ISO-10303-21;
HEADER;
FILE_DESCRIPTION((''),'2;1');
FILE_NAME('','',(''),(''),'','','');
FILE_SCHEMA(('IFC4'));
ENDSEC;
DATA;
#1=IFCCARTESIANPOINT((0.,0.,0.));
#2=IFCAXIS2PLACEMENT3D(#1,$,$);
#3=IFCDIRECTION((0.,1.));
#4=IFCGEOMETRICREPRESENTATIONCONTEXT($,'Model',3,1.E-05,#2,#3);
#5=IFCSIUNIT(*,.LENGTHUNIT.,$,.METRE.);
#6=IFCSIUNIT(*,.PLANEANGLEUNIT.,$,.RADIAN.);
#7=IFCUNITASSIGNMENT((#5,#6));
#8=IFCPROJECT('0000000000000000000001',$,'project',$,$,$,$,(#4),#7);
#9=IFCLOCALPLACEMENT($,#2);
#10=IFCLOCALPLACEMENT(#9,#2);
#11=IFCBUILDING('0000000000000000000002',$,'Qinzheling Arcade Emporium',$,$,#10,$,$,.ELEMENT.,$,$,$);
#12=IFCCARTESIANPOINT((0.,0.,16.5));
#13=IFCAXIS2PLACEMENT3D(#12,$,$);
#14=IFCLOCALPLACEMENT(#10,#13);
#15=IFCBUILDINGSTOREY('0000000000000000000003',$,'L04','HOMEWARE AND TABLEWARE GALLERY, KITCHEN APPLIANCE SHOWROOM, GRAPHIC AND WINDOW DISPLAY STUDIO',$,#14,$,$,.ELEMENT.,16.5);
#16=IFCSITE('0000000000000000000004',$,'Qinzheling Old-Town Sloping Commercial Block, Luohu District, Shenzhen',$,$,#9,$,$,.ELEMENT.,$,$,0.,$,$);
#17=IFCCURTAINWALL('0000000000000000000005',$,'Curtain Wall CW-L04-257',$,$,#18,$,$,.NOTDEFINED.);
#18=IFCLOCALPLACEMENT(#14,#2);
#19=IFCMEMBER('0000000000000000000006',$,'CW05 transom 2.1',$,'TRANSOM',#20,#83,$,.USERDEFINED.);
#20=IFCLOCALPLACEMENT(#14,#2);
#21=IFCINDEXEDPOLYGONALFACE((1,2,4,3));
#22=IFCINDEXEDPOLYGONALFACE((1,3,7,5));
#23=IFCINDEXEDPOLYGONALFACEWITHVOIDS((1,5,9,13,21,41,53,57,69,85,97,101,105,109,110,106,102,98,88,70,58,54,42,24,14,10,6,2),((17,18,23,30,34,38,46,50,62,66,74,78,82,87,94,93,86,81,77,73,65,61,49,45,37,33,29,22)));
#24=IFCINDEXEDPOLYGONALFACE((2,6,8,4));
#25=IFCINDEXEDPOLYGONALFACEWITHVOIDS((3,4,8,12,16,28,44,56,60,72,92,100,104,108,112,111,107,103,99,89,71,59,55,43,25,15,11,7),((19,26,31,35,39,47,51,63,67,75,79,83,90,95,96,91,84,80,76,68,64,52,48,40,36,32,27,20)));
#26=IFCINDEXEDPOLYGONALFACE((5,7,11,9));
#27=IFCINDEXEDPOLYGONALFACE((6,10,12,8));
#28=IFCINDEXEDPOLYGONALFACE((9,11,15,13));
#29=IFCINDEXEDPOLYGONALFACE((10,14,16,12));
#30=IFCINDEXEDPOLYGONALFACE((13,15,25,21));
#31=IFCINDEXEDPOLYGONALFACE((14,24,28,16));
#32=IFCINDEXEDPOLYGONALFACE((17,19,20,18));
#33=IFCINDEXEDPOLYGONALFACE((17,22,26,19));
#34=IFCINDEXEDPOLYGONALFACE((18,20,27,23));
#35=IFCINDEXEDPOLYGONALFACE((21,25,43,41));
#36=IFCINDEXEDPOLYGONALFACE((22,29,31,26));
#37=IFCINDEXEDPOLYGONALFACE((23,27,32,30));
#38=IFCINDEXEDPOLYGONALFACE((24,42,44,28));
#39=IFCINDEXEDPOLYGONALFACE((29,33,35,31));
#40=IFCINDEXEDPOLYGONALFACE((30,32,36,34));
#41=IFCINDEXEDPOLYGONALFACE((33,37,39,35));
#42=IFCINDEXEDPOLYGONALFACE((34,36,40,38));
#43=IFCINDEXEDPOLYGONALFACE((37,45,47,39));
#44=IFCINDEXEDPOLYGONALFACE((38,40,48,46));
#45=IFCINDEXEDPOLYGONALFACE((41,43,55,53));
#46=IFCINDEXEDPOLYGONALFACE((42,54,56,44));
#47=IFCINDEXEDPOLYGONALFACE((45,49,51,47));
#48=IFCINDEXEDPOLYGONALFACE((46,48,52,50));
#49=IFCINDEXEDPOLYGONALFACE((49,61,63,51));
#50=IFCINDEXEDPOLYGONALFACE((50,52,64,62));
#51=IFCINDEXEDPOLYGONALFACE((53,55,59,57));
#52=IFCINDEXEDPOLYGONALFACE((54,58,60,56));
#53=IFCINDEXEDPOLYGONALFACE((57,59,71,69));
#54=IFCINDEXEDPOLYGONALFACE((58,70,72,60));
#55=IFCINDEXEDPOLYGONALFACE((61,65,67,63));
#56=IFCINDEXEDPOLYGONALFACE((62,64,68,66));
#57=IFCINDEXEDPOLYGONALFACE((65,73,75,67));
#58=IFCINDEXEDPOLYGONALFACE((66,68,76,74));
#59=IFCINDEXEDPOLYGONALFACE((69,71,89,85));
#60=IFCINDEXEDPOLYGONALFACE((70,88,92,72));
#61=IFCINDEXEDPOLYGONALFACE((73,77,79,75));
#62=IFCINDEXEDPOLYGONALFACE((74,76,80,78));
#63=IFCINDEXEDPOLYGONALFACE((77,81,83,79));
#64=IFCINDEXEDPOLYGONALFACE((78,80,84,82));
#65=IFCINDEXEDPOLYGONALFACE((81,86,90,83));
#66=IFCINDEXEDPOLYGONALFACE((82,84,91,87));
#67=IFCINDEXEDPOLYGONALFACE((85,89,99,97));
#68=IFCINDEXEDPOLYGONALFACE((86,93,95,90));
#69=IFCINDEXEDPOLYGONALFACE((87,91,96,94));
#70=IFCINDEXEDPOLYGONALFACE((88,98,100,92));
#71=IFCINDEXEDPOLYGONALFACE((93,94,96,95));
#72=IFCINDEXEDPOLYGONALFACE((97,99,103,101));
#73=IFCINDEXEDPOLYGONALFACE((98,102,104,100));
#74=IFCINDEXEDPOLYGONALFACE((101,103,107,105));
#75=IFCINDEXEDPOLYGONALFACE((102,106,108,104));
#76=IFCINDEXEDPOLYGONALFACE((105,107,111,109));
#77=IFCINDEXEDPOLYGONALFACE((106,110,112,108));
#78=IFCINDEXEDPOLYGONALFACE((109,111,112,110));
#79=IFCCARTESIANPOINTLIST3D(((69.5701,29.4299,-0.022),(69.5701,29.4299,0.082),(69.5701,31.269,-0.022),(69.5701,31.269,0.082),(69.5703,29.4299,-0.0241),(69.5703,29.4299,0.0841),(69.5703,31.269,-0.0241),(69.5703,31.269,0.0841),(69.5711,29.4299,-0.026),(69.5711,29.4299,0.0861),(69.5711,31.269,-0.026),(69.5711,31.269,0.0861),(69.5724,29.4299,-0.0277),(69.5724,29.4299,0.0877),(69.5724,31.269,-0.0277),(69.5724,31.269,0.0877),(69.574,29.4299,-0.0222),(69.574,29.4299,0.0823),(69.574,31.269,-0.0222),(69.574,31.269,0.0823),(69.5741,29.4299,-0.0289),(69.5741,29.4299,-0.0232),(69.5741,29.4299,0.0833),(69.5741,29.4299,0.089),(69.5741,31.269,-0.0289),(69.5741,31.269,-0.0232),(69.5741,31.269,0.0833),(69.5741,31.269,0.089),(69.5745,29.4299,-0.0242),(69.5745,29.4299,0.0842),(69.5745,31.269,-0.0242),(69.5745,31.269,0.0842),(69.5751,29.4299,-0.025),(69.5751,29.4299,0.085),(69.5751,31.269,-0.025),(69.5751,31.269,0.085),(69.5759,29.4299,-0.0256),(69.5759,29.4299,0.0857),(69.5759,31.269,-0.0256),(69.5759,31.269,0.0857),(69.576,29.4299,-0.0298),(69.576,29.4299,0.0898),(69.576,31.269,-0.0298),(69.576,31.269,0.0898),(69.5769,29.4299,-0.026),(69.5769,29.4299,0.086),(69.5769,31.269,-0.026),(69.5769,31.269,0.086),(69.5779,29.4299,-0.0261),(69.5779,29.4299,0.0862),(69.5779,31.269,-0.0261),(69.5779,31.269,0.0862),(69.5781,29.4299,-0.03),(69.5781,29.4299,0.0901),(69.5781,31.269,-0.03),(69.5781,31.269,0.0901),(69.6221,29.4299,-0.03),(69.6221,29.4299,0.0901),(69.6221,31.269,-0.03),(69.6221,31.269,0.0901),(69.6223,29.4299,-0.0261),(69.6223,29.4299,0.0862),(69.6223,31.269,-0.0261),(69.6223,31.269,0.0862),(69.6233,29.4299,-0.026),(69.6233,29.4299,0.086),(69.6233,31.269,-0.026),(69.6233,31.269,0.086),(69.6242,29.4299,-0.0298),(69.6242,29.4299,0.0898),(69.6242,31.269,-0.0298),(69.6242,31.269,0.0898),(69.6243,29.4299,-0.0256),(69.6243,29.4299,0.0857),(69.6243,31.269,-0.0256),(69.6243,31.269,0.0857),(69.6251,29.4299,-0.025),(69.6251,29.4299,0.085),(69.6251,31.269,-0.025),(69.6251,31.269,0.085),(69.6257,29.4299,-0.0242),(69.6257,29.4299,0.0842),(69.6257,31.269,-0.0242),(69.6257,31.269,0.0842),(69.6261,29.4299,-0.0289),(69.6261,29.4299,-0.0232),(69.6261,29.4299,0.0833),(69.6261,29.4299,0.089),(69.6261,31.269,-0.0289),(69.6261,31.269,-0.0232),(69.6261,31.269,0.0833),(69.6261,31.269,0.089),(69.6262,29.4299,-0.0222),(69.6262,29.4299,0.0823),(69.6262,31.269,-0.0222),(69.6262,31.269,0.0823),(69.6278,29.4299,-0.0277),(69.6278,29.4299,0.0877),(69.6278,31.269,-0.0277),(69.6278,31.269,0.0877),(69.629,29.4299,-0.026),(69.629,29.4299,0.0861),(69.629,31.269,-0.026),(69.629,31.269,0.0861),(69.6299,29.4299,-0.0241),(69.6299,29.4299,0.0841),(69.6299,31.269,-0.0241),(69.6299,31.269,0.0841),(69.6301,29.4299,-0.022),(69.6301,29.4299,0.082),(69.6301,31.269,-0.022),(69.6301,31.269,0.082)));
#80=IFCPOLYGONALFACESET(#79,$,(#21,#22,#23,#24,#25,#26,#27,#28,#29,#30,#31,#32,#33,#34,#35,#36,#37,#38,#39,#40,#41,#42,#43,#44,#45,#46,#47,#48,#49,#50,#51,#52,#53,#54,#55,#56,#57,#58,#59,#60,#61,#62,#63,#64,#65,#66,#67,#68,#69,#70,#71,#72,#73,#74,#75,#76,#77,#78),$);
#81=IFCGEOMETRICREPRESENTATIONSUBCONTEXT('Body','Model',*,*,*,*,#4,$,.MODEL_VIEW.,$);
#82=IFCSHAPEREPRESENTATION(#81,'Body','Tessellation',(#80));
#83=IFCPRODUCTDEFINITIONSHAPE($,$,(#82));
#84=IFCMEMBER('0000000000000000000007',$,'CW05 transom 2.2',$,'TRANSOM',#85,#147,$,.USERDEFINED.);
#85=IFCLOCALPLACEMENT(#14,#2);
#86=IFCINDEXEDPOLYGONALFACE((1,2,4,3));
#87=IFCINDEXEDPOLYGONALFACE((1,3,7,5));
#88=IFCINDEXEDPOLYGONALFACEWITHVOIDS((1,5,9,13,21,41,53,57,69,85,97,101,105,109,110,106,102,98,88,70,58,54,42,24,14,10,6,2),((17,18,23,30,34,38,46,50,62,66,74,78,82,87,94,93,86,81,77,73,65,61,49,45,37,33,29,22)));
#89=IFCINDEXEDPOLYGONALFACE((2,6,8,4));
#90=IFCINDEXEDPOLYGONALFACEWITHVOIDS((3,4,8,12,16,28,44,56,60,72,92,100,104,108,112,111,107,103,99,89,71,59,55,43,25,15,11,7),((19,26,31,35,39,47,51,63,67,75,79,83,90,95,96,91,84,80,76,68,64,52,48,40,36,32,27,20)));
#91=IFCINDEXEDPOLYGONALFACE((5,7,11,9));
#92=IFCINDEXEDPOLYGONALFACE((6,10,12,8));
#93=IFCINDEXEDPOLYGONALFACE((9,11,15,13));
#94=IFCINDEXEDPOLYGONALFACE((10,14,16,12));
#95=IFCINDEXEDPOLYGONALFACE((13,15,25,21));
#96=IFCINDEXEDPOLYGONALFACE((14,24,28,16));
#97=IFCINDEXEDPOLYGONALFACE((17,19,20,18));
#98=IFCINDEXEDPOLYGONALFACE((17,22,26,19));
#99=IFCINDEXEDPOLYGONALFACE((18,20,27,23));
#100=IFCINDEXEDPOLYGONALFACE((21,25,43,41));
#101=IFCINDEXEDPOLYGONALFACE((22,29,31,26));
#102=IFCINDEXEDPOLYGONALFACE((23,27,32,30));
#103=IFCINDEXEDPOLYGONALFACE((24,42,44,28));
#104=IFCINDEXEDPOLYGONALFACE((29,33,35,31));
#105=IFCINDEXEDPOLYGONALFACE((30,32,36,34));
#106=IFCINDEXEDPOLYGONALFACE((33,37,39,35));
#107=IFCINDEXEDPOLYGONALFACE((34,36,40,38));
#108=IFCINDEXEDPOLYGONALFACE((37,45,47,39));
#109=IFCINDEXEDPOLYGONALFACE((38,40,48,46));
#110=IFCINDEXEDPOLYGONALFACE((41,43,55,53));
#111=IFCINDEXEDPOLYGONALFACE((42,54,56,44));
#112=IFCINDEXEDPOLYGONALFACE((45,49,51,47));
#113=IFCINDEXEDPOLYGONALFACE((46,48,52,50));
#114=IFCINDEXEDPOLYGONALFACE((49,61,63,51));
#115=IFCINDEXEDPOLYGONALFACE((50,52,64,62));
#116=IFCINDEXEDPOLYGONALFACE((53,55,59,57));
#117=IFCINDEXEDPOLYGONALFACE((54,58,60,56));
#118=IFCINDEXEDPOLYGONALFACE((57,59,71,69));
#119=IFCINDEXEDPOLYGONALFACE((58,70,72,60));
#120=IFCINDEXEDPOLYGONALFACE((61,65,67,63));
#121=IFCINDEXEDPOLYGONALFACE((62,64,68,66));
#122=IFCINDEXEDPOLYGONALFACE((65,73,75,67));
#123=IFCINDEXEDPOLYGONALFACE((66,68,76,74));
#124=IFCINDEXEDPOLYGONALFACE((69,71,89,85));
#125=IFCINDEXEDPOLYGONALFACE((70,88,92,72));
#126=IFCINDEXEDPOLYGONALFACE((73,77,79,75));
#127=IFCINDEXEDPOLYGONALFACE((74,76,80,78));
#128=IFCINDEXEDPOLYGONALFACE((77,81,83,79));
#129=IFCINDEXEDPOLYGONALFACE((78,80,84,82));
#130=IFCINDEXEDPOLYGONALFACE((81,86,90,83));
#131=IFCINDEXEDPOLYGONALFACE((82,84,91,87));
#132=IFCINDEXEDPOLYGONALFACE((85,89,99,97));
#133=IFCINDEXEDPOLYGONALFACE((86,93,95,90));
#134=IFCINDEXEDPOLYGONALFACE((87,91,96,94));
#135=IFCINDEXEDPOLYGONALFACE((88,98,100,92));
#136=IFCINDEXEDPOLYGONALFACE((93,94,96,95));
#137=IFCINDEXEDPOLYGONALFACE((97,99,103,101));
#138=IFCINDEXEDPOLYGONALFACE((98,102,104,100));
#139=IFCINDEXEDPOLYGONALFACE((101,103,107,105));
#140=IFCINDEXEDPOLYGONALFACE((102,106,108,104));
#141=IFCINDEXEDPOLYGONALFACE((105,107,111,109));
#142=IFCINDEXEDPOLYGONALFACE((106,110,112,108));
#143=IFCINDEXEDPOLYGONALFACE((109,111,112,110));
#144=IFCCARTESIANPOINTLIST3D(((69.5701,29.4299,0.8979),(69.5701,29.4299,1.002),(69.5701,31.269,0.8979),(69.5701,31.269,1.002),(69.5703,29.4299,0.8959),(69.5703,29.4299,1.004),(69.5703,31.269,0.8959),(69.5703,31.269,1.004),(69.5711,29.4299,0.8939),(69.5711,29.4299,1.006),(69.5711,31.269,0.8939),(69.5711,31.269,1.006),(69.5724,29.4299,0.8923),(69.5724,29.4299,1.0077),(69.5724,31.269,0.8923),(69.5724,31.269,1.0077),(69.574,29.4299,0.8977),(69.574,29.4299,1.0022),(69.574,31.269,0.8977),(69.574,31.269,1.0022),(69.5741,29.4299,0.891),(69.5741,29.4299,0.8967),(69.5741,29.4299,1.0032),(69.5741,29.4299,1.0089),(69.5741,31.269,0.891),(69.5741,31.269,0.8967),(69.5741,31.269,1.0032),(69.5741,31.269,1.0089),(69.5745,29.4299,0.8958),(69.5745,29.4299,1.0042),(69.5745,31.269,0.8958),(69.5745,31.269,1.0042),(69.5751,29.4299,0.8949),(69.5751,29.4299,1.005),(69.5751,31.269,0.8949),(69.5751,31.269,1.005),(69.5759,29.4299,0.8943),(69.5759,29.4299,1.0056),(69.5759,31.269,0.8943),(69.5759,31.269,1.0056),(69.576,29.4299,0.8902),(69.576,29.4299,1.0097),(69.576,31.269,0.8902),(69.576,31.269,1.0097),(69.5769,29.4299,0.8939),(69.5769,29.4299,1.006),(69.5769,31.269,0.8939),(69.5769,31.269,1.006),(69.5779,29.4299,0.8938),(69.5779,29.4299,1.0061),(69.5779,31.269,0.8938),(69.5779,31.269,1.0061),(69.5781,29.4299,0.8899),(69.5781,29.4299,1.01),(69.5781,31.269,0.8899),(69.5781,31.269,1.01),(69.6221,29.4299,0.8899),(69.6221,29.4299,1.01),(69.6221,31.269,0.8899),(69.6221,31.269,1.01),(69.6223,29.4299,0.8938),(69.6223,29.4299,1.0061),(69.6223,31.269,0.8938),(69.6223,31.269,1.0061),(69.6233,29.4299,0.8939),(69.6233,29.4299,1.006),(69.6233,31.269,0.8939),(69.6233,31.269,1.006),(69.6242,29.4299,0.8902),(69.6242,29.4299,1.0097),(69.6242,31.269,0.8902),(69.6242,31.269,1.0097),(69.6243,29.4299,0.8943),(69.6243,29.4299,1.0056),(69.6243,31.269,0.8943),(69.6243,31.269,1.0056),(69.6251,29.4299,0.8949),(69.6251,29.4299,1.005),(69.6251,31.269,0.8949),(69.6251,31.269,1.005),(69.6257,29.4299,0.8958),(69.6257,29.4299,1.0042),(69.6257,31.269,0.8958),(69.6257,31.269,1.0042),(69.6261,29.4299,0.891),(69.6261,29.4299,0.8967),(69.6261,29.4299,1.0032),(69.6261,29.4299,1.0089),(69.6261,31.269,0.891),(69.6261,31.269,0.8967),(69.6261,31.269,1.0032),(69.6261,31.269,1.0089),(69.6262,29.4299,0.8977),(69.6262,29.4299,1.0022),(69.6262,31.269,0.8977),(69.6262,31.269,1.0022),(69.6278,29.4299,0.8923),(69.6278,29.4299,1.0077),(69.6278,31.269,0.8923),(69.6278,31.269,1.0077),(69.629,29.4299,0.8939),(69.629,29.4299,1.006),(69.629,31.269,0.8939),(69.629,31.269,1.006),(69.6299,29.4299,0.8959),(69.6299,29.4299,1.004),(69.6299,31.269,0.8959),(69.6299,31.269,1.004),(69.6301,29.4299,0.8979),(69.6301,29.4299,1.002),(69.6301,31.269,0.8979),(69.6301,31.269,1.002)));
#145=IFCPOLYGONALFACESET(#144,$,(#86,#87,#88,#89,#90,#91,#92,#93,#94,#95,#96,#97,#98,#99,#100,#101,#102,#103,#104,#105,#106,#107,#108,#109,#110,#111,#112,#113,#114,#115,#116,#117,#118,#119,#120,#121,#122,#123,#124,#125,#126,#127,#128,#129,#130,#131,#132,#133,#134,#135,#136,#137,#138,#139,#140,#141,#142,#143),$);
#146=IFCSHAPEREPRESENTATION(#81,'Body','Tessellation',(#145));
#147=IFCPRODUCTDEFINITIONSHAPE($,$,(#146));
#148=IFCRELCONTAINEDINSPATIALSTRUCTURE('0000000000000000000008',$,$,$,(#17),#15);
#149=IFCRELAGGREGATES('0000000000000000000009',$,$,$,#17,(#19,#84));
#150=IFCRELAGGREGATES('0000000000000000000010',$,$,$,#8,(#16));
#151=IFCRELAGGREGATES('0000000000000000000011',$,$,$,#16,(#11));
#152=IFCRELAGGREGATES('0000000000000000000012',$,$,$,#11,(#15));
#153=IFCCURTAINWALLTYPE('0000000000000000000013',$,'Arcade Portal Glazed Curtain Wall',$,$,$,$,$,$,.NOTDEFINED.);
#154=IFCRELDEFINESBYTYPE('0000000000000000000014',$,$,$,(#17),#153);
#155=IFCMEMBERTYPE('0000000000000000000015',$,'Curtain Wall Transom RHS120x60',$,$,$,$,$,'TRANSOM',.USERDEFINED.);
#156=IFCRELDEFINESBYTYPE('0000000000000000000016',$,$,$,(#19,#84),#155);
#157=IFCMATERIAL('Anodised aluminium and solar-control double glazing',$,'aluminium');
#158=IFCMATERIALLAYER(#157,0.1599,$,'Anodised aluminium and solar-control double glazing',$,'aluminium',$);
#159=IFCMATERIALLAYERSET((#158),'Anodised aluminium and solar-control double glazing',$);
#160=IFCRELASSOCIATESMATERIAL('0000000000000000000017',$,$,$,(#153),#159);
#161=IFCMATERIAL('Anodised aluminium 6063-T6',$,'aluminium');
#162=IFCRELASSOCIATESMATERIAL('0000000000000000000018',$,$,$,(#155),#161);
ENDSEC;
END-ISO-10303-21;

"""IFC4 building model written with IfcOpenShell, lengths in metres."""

from ifc_helpers import new_model, si_unit, direction, frame, origin, origin_2d, place, context, subcontext, project, spatial, hollow_rectangle, extrude, material, layer, layer_set, material_profile, profile_set, type_object, element, aggregate, save


model = new_model("IFC4")

# Units and contexts
model_context = context("Model", 3, precision=1e-05, world=origin(), true_north=direction((0.0, 1.0)))
body_context = subcontext(model_context, "Body", "Model", "MODEL_VIEW")
ifc_project = project(units=[si_unit("LENGTHUNIT", "METRE"), si_unit("PLANEANGLEUNIT", "RADIAN")], contexts=[model_context])

# Site, building, storey
site_placement = place(None, origin())
site = spatial("IfcSite", under=ifc_project, at=site_placement, Name="Qinzheling Old-Town Sloping Commercial Block, Luohu District, Shenzhen", CompositionType="ELEMENT", RefElevation=0.0)
building_placement = place(site_placement, origin())
building = spatial("IfcBuilding", under=site, at=building_placement, Name="Qinzheling Arcade Emporium", CompositionType="ELEMENT")
storey_placement = place(building_placement, frame((0.0, 0.0, 16.5)))
storey = spatial("IfcBuildingStorey", under=building, at=storey_placement, Name="L04", Description="HOMEWARE AND TABLEWARE GALLERY, KITCHEN APPLIANCE SHOWROOM, GRAPHIC AND WINDOW DISPLAY STUDIO", CompositionType="ELEMENT", Elevation=16.5)

# Curtain wall
ifc_material_1 = material(Name="Anodised aluminium and solar-control double glazing", Category="aluminium")
ifc_layer_1 = layer(ifc_material_1, 0.1599, Name="Anodised aluminium and solar-control double glazing", Category="aluminium")
ifc_layer_set_1 = layer_set([ifc_layer_1], Name="Anodised aluminium and solar-control double glazing")
curtain_wall_type = type_object("IfcCurtainWallType", Name="Arcade Portal Glazed Curtain Wall", PredefinedType="NOTDEFINED", material=ifc_layer_set_1)
curtain_wall_1_placement = place(storey_placement, origin())
curtain_wall_1 = element("IfcCurtainWall", 1, at=curtain_wall_1_placement, inside=storey, type_object=curtain_wall_type, Name="Curtain Wall CW-L04-257", PredefinedType="NOTDEFINED")
ifc_material_2 = material(Name="Anodised aluminium 6063-T6", Category="aluminium")

# Members
ifc_material_profile_1 = material_profile(ifc_material_2, hollow_rectangle(XDim=0.0601, YDim=0.1201, WallThickness=0.0039, InnerFilletRadius=0.0039, OuterFilletRadius=0.0081, at=origin_2d()), Name="RHS 120x60x4", Category="aluminium")
ifc_profile_set_1 = profile_set([ifc_material_profile_1], Name="Anodised aluminium 6063-T6")
member_type_1 = type_object("IfcMemberType", Name="Curtain Wall Transom RHS120x60", ElementType="TRANSOM", PredefinedType="USERDEFINED", material=ifc_profile_set_1)
member_1_placement = place(storey_placement, frame((69.6001, 31.269, 0.03), z_axis=(0.0, -1.0, 0.0), x_axis=(1.0, 0.0, 0.0)))
member_1 = element("IfcMember", 2, at=member_1_placement, type_object=member_type_1, Name="CW05 transom 2.1", ObjectType="TRANSOM", PredefinedType="USERDEFINED", context=body_context, shape_type="SweptSolid", body=[
    extrude(hollow_rectangle(XDim=0.0601, YDim=0.1201, WallThickness=0.0039, InnerFilletRadius=0.0039, OuterFilletRadius=0.0081, at=origin_2d()), origin(), (0.0, 0.0, 1.0), 1.8391),
])
member_2_placement = place(storey_placement, frame((69.6001, 31.269, 0.95), z_axis=(0.0, -1.0, 0.0), x_axis=(1.0, 0.0, 0.0)))
member_2 = element("IfcMember", 3, at=member_2_placement, type_object=member_type_1, Name="CW05 transom 2.2", ObjectType="TRANSOM", PredefinedType="USERDEFINED", context=body_context, shape_type="SweptSolid", body=[
    extrude(hollow_rectangle(XDim=0.0601, YDim=0.1201, WallThickness=0.0039, InnerFilletRadius=0.0039, OuterFilletRadius=0.0081, at=origin_2d()), origin(), (0.0, 0.0, 1.0), 1.8391),
])

aggregate(curtain_wall_1, [member_1, member_2])

save(model, "model.ifc")
